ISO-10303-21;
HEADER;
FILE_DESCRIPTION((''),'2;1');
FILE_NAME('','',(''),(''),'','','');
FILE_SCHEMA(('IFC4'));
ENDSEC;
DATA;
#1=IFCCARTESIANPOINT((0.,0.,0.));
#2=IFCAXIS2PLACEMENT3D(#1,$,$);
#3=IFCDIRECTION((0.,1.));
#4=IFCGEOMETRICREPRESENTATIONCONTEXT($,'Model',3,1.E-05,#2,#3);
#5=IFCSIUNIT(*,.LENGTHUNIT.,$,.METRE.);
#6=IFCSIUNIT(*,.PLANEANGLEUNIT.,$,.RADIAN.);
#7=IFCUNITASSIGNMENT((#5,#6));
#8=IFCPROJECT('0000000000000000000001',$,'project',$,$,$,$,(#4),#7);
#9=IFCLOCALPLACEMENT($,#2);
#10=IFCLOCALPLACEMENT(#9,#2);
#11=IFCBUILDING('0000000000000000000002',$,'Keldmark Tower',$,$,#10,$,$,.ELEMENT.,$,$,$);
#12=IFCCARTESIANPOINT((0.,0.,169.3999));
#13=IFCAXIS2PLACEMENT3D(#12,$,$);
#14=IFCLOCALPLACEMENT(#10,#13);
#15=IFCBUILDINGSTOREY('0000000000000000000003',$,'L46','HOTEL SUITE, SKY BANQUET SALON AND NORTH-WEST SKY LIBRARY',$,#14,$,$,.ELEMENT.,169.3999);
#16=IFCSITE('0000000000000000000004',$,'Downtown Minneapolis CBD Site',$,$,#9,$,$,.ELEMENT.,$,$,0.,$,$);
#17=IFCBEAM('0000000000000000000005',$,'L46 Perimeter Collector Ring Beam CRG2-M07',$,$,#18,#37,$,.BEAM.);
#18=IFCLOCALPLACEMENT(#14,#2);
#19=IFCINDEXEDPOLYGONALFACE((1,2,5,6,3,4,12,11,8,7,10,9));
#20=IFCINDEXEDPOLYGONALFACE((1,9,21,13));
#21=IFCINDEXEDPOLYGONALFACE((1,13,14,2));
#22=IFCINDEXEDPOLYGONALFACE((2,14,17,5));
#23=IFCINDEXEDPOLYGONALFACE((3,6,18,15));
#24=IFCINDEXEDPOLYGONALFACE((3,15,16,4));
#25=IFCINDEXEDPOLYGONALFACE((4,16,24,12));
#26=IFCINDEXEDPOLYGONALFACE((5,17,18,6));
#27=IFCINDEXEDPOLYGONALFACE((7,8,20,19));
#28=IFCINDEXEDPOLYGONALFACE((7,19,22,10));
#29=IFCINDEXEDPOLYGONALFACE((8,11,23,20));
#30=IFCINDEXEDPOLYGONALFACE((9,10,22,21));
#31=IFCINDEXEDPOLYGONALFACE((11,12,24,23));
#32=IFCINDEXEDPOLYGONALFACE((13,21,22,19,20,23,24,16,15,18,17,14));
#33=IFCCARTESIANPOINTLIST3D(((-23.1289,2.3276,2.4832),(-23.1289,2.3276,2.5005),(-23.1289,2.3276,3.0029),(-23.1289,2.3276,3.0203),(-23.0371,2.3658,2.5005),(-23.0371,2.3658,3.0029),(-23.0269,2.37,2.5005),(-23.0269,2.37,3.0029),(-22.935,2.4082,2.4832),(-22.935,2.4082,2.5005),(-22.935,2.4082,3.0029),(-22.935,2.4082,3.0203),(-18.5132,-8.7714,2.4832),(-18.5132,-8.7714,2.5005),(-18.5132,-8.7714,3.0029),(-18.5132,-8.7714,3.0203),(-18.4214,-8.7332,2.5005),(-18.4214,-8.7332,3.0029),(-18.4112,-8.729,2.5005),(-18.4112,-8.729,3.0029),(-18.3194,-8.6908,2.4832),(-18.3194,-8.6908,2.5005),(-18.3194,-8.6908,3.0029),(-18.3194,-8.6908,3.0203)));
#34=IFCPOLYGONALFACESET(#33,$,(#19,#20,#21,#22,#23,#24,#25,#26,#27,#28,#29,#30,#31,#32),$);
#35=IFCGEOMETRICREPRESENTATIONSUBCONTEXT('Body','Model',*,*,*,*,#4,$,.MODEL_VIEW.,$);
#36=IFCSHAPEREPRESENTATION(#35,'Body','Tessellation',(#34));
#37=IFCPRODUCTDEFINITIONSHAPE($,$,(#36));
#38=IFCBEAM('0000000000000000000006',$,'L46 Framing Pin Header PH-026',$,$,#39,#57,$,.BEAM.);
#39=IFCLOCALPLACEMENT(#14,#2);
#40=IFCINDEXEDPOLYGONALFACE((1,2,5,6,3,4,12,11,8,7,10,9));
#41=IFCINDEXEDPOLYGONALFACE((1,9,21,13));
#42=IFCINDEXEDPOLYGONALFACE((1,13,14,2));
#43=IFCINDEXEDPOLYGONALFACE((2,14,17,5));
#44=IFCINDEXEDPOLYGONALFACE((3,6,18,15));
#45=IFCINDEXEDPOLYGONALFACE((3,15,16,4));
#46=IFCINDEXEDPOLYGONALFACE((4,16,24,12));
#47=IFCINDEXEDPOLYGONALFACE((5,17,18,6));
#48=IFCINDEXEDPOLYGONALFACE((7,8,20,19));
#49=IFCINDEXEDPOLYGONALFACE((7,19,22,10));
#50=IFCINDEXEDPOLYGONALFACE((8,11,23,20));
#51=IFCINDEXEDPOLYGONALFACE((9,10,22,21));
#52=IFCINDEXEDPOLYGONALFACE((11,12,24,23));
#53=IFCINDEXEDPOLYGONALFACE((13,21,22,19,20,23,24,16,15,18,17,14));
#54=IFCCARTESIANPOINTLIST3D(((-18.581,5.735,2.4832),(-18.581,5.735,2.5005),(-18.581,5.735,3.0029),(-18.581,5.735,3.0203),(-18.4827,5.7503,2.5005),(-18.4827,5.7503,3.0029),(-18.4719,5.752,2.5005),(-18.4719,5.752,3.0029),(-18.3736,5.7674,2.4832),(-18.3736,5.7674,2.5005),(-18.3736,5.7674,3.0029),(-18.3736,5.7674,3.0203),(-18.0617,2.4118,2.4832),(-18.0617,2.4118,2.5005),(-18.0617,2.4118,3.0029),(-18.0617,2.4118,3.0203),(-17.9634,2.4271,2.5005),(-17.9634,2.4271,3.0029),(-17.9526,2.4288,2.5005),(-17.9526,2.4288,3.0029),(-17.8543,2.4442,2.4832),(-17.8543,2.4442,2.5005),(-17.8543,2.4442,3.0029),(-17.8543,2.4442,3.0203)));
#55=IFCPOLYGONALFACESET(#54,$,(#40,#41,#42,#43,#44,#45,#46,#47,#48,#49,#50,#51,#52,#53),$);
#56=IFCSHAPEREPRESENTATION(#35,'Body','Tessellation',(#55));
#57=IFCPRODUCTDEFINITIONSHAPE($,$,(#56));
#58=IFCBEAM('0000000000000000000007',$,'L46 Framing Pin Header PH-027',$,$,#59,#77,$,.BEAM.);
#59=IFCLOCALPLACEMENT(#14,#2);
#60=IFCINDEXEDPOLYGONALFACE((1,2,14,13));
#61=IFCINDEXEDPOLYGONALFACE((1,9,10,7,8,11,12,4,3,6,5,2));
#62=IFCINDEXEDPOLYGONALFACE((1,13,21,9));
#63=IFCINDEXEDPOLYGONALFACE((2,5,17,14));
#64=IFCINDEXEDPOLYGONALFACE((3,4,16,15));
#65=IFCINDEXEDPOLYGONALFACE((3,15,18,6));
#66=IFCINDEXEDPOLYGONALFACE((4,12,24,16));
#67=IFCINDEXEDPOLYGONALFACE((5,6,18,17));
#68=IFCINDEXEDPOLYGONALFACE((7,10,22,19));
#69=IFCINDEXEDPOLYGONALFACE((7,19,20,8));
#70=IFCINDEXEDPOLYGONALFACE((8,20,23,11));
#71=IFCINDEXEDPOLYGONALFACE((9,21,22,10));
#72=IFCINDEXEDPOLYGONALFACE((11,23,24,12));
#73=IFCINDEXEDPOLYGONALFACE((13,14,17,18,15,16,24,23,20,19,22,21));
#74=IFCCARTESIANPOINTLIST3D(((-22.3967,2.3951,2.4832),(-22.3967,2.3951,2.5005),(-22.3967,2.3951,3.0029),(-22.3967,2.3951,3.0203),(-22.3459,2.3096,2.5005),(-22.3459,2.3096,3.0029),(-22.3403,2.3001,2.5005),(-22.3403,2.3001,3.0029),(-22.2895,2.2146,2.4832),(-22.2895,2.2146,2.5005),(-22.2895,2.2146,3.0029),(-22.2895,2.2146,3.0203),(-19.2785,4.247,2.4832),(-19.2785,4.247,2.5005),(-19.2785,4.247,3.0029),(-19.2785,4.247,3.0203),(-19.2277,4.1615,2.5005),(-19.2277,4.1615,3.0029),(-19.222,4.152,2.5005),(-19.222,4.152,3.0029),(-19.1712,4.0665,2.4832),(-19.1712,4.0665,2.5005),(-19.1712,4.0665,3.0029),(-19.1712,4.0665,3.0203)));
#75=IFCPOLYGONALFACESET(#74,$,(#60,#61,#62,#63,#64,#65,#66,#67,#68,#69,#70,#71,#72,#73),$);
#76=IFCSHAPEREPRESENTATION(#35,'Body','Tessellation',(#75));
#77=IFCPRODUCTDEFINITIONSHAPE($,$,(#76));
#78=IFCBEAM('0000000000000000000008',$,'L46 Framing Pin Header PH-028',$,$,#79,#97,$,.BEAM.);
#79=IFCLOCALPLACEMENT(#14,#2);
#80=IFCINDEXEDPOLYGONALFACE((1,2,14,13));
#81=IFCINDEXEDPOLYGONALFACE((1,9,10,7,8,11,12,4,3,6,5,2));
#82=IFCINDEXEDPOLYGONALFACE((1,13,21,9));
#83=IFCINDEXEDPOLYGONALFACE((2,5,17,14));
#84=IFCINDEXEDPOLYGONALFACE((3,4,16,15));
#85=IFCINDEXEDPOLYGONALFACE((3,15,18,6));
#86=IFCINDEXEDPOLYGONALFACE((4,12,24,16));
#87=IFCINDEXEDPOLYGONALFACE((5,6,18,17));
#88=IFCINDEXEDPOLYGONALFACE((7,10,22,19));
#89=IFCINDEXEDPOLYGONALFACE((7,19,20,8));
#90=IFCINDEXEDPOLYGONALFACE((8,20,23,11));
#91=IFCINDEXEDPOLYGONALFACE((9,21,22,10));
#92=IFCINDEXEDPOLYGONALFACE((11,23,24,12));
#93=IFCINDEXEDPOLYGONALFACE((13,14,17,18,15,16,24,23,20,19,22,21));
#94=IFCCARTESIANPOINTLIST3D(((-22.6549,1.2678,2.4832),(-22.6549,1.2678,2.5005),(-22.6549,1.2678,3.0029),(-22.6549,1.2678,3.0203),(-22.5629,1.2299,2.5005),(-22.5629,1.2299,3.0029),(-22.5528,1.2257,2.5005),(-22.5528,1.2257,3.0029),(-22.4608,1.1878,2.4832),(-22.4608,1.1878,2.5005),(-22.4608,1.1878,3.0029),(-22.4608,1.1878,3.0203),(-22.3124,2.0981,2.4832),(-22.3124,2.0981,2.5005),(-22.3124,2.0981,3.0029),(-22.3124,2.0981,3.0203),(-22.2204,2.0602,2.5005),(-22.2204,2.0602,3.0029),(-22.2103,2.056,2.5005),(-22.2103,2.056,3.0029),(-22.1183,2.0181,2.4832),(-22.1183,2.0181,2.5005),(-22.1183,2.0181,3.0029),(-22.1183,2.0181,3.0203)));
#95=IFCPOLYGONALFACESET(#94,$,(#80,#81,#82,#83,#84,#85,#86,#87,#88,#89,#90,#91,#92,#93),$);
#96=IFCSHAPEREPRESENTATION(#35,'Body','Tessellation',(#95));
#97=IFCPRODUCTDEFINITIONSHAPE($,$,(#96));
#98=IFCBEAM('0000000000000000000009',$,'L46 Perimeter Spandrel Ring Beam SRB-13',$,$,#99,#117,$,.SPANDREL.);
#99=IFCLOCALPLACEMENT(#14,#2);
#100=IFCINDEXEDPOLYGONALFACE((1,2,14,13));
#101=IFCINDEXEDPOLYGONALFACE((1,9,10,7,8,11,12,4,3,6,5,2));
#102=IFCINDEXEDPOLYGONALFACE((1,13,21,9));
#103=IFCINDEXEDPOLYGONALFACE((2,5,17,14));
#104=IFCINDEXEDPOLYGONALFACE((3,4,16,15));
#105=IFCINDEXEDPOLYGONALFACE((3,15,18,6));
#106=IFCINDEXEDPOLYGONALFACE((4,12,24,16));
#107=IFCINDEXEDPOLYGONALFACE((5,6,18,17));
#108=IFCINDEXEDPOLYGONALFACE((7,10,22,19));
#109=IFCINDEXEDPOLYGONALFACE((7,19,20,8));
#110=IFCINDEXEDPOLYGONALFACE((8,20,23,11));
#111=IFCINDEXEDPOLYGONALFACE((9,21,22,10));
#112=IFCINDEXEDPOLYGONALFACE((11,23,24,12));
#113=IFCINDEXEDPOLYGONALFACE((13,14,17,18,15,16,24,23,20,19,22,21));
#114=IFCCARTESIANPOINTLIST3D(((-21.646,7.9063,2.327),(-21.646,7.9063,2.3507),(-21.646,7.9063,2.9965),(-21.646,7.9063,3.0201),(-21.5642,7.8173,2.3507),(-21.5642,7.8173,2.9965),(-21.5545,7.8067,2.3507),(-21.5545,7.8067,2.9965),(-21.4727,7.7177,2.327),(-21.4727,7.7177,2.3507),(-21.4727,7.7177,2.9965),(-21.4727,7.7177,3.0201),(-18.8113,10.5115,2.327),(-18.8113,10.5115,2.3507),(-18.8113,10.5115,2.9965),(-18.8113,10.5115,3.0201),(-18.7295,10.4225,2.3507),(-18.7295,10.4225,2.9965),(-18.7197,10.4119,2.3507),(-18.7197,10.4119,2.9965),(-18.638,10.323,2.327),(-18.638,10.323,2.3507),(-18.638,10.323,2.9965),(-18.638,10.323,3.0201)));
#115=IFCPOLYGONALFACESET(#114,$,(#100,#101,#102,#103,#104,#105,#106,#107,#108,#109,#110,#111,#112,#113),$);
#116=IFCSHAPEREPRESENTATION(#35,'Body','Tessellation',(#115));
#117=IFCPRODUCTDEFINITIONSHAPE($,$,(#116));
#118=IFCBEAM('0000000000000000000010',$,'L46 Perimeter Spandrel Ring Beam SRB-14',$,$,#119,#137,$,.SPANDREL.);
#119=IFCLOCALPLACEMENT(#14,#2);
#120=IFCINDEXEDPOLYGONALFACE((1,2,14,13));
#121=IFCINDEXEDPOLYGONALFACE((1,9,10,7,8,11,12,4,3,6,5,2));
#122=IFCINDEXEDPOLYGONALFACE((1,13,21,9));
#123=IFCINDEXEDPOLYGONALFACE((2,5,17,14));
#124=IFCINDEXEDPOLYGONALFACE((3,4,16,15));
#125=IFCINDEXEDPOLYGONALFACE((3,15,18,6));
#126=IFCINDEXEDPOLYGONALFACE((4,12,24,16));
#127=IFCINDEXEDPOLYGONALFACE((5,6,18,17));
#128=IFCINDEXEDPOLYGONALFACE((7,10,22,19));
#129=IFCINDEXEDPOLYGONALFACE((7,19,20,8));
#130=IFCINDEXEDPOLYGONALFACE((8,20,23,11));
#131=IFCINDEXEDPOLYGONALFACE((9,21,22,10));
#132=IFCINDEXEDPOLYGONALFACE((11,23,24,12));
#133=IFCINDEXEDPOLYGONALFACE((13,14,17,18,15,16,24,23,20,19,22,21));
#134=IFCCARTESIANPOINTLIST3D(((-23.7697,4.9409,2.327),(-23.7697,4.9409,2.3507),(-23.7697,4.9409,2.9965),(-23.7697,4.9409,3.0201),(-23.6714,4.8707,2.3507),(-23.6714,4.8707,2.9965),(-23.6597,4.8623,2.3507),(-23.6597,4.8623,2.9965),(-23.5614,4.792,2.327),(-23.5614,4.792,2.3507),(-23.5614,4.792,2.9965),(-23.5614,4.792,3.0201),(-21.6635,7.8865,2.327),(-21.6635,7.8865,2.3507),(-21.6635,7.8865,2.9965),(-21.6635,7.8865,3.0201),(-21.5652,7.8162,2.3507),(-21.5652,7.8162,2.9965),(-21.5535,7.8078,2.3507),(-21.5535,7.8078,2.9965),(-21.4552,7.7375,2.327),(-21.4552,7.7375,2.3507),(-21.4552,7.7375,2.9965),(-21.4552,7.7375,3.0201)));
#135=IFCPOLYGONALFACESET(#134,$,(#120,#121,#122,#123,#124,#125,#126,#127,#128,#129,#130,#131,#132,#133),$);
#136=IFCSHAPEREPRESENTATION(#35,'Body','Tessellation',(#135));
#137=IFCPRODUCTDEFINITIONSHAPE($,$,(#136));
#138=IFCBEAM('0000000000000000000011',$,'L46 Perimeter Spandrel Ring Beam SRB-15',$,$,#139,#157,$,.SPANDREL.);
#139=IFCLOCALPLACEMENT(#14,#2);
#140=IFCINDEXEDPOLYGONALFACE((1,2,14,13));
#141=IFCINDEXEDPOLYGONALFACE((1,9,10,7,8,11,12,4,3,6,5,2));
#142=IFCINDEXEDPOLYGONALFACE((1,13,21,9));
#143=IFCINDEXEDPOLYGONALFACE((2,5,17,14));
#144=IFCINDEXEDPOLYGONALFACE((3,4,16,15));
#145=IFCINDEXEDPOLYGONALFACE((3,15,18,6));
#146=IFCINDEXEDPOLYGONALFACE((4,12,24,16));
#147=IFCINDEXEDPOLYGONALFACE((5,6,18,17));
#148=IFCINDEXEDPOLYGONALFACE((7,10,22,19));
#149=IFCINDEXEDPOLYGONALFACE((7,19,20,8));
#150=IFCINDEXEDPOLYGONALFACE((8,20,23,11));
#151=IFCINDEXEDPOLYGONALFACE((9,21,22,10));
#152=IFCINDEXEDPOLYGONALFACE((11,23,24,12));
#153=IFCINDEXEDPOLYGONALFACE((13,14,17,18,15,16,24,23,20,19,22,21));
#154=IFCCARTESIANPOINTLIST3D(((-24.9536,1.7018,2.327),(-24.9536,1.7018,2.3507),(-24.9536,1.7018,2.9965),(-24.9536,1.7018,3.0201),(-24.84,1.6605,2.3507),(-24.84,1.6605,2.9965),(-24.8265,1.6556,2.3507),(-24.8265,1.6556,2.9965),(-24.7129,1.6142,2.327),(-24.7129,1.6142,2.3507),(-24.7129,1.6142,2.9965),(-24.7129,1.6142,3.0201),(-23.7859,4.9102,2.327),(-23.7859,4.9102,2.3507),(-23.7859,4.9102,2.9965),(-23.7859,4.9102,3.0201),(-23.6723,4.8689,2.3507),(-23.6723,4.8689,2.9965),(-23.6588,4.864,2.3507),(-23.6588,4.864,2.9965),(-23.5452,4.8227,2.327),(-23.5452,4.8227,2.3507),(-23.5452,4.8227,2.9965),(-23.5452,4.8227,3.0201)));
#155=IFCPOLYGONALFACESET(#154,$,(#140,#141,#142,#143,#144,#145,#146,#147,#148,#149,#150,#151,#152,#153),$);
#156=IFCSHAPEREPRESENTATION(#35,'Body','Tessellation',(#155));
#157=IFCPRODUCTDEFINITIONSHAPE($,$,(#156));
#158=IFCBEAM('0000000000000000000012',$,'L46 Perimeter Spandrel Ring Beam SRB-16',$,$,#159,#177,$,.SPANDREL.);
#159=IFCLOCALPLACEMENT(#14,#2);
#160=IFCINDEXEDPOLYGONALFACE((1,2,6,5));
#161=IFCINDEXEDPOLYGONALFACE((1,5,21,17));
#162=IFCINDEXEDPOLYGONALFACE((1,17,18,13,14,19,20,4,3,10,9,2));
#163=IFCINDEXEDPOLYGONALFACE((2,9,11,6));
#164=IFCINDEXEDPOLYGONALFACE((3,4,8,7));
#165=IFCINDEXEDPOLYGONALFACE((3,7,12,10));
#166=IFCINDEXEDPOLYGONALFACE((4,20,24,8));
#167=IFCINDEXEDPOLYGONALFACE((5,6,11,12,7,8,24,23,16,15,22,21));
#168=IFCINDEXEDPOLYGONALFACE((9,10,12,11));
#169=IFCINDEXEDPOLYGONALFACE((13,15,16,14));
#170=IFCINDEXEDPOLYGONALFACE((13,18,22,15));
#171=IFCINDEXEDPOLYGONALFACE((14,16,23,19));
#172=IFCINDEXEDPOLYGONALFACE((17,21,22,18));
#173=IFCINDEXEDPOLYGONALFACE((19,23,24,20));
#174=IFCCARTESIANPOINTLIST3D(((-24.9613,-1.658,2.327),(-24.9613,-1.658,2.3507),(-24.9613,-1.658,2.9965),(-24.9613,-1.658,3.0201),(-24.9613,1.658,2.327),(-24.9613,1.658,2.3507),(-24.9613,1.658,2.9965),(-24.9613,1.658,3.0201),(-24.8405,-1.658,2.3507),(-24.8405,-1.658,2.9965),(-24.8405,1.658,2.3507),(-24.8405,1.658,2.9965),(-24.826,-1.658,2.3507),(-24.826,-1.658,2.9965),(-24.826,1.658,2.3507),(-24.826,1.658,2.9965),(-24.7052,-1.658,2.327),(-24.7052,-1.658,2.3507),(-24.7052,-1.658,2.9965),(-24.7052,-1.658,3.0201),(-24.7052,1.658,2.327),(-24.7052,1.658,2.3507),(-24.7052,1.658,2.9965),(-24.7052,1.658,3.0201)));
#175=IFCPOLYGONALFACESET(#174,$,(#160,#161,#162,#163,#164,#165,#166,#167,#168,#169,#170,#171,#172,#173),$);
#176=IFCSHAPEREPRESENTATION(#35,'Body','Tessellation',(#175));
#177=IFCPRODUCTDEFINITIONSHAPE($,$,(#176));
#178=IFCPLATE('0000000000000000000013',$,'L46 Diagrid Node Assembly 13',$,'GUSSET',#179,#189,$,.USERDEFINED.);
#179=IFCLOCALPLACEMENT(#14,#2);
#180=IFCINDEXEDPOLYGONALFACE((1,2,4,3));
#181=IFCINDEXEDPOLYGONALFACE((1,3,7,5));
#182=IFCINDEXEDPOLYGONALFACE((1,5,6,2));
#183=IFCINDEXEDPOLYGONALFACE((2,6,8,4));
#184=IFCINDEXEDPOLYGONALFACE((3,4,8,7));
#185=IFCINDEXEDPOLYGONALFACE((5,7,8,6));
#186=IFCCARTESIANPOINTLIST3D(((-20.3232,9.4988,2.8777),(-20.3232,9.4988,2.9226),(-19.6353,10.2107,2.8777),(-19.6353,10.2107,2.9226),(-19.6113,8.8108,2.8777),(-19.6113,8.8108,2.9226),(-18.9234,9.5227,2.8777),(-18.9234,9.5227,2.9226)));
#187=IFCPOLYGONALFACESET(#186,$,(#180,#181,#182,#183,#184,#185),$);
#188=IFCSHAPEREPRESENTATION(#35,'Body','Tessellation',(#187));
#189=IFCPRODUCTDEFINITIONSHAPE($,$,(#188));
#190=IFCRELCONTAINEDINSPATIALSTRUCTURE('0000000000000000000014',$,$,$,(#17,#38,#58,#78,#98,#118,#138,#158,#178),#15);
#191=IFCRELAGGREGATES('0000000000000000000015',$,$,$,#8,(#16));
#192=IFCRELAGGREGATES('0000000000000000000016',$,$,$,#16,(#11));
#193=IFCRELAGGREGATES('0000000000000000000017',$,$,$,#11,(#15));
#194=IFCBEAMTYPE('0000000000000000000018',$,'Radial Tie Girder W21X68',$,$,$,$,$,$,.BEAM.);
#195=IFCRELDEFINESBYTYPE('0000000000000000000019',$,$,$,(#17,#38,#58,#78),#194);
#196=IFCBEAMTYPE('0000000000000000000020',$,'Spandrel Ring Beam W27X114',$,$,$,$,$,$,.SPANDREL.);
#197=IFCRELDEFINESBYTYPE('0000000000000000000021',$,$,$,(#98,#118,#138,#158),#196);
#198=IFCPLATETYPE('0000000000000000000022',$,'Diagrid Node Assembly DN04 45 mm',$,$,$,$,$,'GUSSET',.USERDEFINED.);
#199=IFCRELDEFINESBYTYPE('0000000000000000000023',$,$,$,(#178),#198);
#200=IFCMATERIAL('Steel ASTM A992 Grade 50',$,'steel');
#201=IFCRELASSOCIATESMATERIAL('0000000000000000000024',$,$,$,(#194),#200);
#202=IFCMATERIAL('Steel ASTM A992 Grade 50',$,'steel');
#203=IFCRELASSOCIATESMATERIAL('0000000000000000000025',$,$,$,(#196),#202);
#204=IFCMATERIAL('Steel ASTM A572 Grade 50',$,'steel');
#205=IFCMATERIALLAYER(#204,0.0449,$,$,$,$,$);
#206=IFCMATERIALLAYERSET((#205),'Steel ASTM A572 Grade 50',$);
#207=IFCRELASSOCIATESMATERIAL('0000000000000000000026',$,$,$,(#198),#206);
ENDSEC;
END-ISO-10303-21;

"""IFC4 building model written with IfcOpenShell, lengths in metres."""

from ifc_helpers import new_model, si_unit, direction, frame, origin, origin_2d, place, context, subcontext, project, spatial, rectangle, i_section, extrude, material, layer, layer_set, material_profile, profile_set, type_object, element, save


model = new_model("IFC4")

# Units and contexts
model_context = context("Model", 3, precision=1e-05, world=origin(), true_north=direction((0.0, 1.0)))
body_context = subcontext(model_context, "Body", "Model", "MODEL_VIEW")
ifc_project = project(units=[si_unit("LENGTHUNIT", "METRE"), si_unit("PLANEANGLEUNIT", "RADIAN")], contexts=[model_context])

# Site, building, storey
site_placement = place(None, origin())
site = spatial("IfcSite", under=ifc_project, at=site_placement, Name="Downtown Minneapolis CBD Site", CompositionType="ELEMENT", RefElevation=0.0)
building_placement = place(site_placement, origin())
building = spatial("IfcBuilding", under=site, at=building_placement, Name="Keldmark Tower", CompositionType="ELEMENT")
storey_placement = place(building_placement, frame((0.0, 0.0, 169.3999)))
storey = spatial("IfcBuildingStorey", under=building, at=storey_placement, Name="L46", Description="HOTEL SUITE, SKY BANQUET SALON AND NORTH-WEST SKY LIBRARY", CompositionType="ELEMENT", Elevation=169.3999)

# Beams
ifc_material_1 = material(Name="Steel ASTM A992 Grade 50", Category="steel")
ifc_material_profile_1 = material_profile(ifc_material_1, i_section(OverallWidth=0.21, OverallDepth=0.5371, WebThickness=0.011, FlangeThickness=0.0173, at=origin_2d()), Name="W21X68")
ifc_profile_set_1 = profile_set([ifc_material_profile_1], Name="Steel ASTM A992 Grade 50")
beam_type_1 = type_object("IfcBeamType", Name="Radial Tie Girder W21X68", PredefinedType="BEAM", material=ifc_profile_set_1)
beam_1_placement = place(storey_placement, frame((-23.032, 2.3679, 2.7517), z_axis=(0.383984, -0.92334, 0.0), x_axis=(0.92334, 0.383984, 0.0)))
element("IfcBeam", 1, at=beam_1_placement, inside=storey, type_object=beam_type_1, Name="L46 Perimeter Collector Ring Beam CRG2-M07", PredefinedType="BEAM", context=body_context, shape_type="SweptSolid", body=[
    extrude(i_section(OverallWidth=0.21, OverallDepth=0.5371, WebThickness=0.011, FlangeThickness=0.0173, at=origin_2d()), origin(), (0.0, 0.0, 1.0), 12.0205),
])
beam_2_placement = place(storey_placement, frame((-17.958, 2.428, 2.7517), z_axis=(-0.154386, 0.988011, 0.0), x_axis=(-0.988011, -0.154386, 0.0)))
element("IfcBeam", 2, at=beam_2_placement, inside=storey, type_object=beam_type_1, Name="L46 Framing Pin Header PH-026", PredefinedType="BEAM", context=body_context, shape_type="SweptSolid", body=[
    extrude(i_section(OverallWidth=0.21, OverallDepth=0.5371, WebThickness=0.011, FlangeThickness=0.0173, at=origin_2d()), origin(), (0.0, 0.0, 1.0), 3.3635),
])
beam_3_placement = place(storey_placement, frame((-19.2249, 4.1567, 2.7517), z_axis=(-0.859807, -0.51062, 0.0), x_axis=(0.51062, -0.859807, 0.0)))
element("IfcBeam", 3, at=beam_3_placement, inside=storey, type_object=beam_type_1, Name="L46 Framing Pin Header PH-027", PredefinedType="BEAM", context=body_context, shape_type="SweptSolid", body=[
    extrude(i_section(OverallWidth=0.21, OverallDepth=0.5371, WebThickness=0.011, FlangeThickness=0.0173, at=origin_2d()), origin(), (0.0, 0.0, 1.0), 3.6267),
])
beam_4_placement = place(storey_placement, frame((-22.2153, 2.0581, 2.7517), z_axis=(-0.381351, -0.92443, 0.0), x_axis=(0.92443, -0.381351, 0.0)))
element("IfcBeam", 4, at=beam_4_placement, inside=storey, type_object=beam_type_1, Name="L46 Framing Pin Header PH-028", PredefinedType="BEAM", context=body_context, shape_type="SweptSolid", body=[
    extrude(i_section(OverallWidth=0.21, OverallDepth=0.5371, WebThickness=0.011, FlangeThickness=0.0173, at=origin_2d()), origin(), (0.0, 0.0, 1.0), 0.8982),
])
ifc_material_2 = material(Name="Steel ASTM A992 Grade 50", Category="steel")
ifc_material_profile_2 = material_profile(ifc_material_2, i_section(OverallWidth=0.2561, OverallDepth=0.6931, WebThickness=0.0144, FlangeThickness=0.0237, at=origin_2d()), Name="W27X114")
ifc_profile_set_2 = profile_set([ifc_material_profile_2], Name="Steel ASTM A992 Grade 50")
beam_type_2 = type_object("IfcBeamType", Name="Spandrel Ring Beam W27X114", PredefinedType="SPANDREL", material=ifc_profile_set_2)
beam_5_placement = place(storey_placement, frame((-18.7246, 10.4172, 2.6736), z_axis=(-0.736282, -0.676675, 0.0), x_axis=(0.676675, -0.736282, 0.0)))
element("IfcBeam", 5, at=beam_5_placement, inside=storey, type_object=beam_type_2, Name="L46 Perimeter Spandrel Ring Beam SRB-13", PredefinedType="SPANDREL", context=body_context, shape_type="SweptSolid", body=[
    extrude(i_section(OverallWidth=0.2561, OverallDepth=0.6931, WebThickness=0.0144, FlangeThickness=0.0237, at=origin_2d()), origin(), (0.0, 0.0, 1.0), 3.8501),
])
beam_6_placement = place(storey_placement, frame((-21.5593, 7.812, 2.6736), z_axis=(-0.581646, -0.813442, 0.0), x_axis=(0.813442, -0.581646, 0.0)))
element("IfcBeam", 6, at=beam_6_placement, inside=storey, type_object=beam_type_2, Name="L46 Perimeter Spandrel Ring Beam SRB-14", PredefinedType="SPANDREL", context=body_context, shape_type="SweptSolid", body=[
    extrude(i_section(OverallWidth=0.2561, OverallDepth=0.6931, WebThickness=0.0144, FlangeThickness=0.0237, at=origin_2d()), origin(), (0.0, 0.0, 1.0), 3.6211),
])
beam_7_placement = place(storey_placement, frame((-23.6655, 4.8665, 2.6736), z_axis=(-0.342001, -0.939699, 0.0), x_axis=(0.939699, -0.342001, 0.0)))
element("IfcBeam", 7, at=beam_7_placement, inside=storey, type_object=beam_type_2, Name="L46 Perimeter Spandrel Ring Beam SRB-15", PredefinedType="SPANDREL", context=body_context, shape_type="SweptSolid", body=[
    extrude(i_section(OverallWidth=0.2561, OverallDepth=0.6931, WebThickness=0.0144, FlangeThickness=0.0237, at=origin_2d()), origin(), (0.0, 0.0, 1.0), 3.4143),
])
beam_8_placement = place(storey_placement, frame((-24.8333, 1.658, 2.6736), z_axis=(0.0, -1.0, 0.0), x_axis=(1.0, 0.0, 0.0)))
element("IfcBeam", 8, at=beam_8_placement, inside=storey, type_object=beam_type_2, Name="L46 Perimeter Spandrel Ring Beam SRB-16", PredefinedType="SPANDREL", context=body_context, shape_type="SweptSolid", body=[
    extrude(i_section(OverallWidth=0.2561, OverallDepth=0.6931, WebThickness=0.0144, FlangeThickness=0.0237, at=origin_2d()), origin(), (0.0, 0.0, 1.0), 3.3159),
])

# Plate
ifc_material_3 = material(Name="Steel ASTM A572 Grade 50", Category="steel")
ifc_layer_1 = layer(ifc_material_3, 0.0449)
ifc_layer_set_1 = layer_set([ifc_layer_1], Name="Steel ASTM A572 Grade 50")
plate_type = type_object("IfcPlateType", Name="Diagrid Node Assembly DN04 45 mm", ElementType="GUSSET", PredefinedType="USERDEFINED", material=ifc_layer_set_1)
for number, where, z_axis, x_axis, name in (
    (9, (-19.6233, 9.5107, 2.8777), (0.0, 0.0, 1.0), (-0.694909, -0.719097, 0.0), "L46 Diagrid Node Assembly 13"),
):
    element("IfcPlate", number, at=place(storey_placement, frame(where, z_axis=z_axis, x_axis=x_axis)), inside=storey, type_object=plate_type, Name=name, ObjectType="GUSSET", PredefinedType="USERDEFINED", context=body_context, shape_type="SweptSolid", body=[
        extrude(rectangle(XDim=0.99, YDim=0.99, at=origin_2d()), origin(), (0.0, 0.0, 1.0), 0.0449),
    ])

save(model, "model.ifc")
